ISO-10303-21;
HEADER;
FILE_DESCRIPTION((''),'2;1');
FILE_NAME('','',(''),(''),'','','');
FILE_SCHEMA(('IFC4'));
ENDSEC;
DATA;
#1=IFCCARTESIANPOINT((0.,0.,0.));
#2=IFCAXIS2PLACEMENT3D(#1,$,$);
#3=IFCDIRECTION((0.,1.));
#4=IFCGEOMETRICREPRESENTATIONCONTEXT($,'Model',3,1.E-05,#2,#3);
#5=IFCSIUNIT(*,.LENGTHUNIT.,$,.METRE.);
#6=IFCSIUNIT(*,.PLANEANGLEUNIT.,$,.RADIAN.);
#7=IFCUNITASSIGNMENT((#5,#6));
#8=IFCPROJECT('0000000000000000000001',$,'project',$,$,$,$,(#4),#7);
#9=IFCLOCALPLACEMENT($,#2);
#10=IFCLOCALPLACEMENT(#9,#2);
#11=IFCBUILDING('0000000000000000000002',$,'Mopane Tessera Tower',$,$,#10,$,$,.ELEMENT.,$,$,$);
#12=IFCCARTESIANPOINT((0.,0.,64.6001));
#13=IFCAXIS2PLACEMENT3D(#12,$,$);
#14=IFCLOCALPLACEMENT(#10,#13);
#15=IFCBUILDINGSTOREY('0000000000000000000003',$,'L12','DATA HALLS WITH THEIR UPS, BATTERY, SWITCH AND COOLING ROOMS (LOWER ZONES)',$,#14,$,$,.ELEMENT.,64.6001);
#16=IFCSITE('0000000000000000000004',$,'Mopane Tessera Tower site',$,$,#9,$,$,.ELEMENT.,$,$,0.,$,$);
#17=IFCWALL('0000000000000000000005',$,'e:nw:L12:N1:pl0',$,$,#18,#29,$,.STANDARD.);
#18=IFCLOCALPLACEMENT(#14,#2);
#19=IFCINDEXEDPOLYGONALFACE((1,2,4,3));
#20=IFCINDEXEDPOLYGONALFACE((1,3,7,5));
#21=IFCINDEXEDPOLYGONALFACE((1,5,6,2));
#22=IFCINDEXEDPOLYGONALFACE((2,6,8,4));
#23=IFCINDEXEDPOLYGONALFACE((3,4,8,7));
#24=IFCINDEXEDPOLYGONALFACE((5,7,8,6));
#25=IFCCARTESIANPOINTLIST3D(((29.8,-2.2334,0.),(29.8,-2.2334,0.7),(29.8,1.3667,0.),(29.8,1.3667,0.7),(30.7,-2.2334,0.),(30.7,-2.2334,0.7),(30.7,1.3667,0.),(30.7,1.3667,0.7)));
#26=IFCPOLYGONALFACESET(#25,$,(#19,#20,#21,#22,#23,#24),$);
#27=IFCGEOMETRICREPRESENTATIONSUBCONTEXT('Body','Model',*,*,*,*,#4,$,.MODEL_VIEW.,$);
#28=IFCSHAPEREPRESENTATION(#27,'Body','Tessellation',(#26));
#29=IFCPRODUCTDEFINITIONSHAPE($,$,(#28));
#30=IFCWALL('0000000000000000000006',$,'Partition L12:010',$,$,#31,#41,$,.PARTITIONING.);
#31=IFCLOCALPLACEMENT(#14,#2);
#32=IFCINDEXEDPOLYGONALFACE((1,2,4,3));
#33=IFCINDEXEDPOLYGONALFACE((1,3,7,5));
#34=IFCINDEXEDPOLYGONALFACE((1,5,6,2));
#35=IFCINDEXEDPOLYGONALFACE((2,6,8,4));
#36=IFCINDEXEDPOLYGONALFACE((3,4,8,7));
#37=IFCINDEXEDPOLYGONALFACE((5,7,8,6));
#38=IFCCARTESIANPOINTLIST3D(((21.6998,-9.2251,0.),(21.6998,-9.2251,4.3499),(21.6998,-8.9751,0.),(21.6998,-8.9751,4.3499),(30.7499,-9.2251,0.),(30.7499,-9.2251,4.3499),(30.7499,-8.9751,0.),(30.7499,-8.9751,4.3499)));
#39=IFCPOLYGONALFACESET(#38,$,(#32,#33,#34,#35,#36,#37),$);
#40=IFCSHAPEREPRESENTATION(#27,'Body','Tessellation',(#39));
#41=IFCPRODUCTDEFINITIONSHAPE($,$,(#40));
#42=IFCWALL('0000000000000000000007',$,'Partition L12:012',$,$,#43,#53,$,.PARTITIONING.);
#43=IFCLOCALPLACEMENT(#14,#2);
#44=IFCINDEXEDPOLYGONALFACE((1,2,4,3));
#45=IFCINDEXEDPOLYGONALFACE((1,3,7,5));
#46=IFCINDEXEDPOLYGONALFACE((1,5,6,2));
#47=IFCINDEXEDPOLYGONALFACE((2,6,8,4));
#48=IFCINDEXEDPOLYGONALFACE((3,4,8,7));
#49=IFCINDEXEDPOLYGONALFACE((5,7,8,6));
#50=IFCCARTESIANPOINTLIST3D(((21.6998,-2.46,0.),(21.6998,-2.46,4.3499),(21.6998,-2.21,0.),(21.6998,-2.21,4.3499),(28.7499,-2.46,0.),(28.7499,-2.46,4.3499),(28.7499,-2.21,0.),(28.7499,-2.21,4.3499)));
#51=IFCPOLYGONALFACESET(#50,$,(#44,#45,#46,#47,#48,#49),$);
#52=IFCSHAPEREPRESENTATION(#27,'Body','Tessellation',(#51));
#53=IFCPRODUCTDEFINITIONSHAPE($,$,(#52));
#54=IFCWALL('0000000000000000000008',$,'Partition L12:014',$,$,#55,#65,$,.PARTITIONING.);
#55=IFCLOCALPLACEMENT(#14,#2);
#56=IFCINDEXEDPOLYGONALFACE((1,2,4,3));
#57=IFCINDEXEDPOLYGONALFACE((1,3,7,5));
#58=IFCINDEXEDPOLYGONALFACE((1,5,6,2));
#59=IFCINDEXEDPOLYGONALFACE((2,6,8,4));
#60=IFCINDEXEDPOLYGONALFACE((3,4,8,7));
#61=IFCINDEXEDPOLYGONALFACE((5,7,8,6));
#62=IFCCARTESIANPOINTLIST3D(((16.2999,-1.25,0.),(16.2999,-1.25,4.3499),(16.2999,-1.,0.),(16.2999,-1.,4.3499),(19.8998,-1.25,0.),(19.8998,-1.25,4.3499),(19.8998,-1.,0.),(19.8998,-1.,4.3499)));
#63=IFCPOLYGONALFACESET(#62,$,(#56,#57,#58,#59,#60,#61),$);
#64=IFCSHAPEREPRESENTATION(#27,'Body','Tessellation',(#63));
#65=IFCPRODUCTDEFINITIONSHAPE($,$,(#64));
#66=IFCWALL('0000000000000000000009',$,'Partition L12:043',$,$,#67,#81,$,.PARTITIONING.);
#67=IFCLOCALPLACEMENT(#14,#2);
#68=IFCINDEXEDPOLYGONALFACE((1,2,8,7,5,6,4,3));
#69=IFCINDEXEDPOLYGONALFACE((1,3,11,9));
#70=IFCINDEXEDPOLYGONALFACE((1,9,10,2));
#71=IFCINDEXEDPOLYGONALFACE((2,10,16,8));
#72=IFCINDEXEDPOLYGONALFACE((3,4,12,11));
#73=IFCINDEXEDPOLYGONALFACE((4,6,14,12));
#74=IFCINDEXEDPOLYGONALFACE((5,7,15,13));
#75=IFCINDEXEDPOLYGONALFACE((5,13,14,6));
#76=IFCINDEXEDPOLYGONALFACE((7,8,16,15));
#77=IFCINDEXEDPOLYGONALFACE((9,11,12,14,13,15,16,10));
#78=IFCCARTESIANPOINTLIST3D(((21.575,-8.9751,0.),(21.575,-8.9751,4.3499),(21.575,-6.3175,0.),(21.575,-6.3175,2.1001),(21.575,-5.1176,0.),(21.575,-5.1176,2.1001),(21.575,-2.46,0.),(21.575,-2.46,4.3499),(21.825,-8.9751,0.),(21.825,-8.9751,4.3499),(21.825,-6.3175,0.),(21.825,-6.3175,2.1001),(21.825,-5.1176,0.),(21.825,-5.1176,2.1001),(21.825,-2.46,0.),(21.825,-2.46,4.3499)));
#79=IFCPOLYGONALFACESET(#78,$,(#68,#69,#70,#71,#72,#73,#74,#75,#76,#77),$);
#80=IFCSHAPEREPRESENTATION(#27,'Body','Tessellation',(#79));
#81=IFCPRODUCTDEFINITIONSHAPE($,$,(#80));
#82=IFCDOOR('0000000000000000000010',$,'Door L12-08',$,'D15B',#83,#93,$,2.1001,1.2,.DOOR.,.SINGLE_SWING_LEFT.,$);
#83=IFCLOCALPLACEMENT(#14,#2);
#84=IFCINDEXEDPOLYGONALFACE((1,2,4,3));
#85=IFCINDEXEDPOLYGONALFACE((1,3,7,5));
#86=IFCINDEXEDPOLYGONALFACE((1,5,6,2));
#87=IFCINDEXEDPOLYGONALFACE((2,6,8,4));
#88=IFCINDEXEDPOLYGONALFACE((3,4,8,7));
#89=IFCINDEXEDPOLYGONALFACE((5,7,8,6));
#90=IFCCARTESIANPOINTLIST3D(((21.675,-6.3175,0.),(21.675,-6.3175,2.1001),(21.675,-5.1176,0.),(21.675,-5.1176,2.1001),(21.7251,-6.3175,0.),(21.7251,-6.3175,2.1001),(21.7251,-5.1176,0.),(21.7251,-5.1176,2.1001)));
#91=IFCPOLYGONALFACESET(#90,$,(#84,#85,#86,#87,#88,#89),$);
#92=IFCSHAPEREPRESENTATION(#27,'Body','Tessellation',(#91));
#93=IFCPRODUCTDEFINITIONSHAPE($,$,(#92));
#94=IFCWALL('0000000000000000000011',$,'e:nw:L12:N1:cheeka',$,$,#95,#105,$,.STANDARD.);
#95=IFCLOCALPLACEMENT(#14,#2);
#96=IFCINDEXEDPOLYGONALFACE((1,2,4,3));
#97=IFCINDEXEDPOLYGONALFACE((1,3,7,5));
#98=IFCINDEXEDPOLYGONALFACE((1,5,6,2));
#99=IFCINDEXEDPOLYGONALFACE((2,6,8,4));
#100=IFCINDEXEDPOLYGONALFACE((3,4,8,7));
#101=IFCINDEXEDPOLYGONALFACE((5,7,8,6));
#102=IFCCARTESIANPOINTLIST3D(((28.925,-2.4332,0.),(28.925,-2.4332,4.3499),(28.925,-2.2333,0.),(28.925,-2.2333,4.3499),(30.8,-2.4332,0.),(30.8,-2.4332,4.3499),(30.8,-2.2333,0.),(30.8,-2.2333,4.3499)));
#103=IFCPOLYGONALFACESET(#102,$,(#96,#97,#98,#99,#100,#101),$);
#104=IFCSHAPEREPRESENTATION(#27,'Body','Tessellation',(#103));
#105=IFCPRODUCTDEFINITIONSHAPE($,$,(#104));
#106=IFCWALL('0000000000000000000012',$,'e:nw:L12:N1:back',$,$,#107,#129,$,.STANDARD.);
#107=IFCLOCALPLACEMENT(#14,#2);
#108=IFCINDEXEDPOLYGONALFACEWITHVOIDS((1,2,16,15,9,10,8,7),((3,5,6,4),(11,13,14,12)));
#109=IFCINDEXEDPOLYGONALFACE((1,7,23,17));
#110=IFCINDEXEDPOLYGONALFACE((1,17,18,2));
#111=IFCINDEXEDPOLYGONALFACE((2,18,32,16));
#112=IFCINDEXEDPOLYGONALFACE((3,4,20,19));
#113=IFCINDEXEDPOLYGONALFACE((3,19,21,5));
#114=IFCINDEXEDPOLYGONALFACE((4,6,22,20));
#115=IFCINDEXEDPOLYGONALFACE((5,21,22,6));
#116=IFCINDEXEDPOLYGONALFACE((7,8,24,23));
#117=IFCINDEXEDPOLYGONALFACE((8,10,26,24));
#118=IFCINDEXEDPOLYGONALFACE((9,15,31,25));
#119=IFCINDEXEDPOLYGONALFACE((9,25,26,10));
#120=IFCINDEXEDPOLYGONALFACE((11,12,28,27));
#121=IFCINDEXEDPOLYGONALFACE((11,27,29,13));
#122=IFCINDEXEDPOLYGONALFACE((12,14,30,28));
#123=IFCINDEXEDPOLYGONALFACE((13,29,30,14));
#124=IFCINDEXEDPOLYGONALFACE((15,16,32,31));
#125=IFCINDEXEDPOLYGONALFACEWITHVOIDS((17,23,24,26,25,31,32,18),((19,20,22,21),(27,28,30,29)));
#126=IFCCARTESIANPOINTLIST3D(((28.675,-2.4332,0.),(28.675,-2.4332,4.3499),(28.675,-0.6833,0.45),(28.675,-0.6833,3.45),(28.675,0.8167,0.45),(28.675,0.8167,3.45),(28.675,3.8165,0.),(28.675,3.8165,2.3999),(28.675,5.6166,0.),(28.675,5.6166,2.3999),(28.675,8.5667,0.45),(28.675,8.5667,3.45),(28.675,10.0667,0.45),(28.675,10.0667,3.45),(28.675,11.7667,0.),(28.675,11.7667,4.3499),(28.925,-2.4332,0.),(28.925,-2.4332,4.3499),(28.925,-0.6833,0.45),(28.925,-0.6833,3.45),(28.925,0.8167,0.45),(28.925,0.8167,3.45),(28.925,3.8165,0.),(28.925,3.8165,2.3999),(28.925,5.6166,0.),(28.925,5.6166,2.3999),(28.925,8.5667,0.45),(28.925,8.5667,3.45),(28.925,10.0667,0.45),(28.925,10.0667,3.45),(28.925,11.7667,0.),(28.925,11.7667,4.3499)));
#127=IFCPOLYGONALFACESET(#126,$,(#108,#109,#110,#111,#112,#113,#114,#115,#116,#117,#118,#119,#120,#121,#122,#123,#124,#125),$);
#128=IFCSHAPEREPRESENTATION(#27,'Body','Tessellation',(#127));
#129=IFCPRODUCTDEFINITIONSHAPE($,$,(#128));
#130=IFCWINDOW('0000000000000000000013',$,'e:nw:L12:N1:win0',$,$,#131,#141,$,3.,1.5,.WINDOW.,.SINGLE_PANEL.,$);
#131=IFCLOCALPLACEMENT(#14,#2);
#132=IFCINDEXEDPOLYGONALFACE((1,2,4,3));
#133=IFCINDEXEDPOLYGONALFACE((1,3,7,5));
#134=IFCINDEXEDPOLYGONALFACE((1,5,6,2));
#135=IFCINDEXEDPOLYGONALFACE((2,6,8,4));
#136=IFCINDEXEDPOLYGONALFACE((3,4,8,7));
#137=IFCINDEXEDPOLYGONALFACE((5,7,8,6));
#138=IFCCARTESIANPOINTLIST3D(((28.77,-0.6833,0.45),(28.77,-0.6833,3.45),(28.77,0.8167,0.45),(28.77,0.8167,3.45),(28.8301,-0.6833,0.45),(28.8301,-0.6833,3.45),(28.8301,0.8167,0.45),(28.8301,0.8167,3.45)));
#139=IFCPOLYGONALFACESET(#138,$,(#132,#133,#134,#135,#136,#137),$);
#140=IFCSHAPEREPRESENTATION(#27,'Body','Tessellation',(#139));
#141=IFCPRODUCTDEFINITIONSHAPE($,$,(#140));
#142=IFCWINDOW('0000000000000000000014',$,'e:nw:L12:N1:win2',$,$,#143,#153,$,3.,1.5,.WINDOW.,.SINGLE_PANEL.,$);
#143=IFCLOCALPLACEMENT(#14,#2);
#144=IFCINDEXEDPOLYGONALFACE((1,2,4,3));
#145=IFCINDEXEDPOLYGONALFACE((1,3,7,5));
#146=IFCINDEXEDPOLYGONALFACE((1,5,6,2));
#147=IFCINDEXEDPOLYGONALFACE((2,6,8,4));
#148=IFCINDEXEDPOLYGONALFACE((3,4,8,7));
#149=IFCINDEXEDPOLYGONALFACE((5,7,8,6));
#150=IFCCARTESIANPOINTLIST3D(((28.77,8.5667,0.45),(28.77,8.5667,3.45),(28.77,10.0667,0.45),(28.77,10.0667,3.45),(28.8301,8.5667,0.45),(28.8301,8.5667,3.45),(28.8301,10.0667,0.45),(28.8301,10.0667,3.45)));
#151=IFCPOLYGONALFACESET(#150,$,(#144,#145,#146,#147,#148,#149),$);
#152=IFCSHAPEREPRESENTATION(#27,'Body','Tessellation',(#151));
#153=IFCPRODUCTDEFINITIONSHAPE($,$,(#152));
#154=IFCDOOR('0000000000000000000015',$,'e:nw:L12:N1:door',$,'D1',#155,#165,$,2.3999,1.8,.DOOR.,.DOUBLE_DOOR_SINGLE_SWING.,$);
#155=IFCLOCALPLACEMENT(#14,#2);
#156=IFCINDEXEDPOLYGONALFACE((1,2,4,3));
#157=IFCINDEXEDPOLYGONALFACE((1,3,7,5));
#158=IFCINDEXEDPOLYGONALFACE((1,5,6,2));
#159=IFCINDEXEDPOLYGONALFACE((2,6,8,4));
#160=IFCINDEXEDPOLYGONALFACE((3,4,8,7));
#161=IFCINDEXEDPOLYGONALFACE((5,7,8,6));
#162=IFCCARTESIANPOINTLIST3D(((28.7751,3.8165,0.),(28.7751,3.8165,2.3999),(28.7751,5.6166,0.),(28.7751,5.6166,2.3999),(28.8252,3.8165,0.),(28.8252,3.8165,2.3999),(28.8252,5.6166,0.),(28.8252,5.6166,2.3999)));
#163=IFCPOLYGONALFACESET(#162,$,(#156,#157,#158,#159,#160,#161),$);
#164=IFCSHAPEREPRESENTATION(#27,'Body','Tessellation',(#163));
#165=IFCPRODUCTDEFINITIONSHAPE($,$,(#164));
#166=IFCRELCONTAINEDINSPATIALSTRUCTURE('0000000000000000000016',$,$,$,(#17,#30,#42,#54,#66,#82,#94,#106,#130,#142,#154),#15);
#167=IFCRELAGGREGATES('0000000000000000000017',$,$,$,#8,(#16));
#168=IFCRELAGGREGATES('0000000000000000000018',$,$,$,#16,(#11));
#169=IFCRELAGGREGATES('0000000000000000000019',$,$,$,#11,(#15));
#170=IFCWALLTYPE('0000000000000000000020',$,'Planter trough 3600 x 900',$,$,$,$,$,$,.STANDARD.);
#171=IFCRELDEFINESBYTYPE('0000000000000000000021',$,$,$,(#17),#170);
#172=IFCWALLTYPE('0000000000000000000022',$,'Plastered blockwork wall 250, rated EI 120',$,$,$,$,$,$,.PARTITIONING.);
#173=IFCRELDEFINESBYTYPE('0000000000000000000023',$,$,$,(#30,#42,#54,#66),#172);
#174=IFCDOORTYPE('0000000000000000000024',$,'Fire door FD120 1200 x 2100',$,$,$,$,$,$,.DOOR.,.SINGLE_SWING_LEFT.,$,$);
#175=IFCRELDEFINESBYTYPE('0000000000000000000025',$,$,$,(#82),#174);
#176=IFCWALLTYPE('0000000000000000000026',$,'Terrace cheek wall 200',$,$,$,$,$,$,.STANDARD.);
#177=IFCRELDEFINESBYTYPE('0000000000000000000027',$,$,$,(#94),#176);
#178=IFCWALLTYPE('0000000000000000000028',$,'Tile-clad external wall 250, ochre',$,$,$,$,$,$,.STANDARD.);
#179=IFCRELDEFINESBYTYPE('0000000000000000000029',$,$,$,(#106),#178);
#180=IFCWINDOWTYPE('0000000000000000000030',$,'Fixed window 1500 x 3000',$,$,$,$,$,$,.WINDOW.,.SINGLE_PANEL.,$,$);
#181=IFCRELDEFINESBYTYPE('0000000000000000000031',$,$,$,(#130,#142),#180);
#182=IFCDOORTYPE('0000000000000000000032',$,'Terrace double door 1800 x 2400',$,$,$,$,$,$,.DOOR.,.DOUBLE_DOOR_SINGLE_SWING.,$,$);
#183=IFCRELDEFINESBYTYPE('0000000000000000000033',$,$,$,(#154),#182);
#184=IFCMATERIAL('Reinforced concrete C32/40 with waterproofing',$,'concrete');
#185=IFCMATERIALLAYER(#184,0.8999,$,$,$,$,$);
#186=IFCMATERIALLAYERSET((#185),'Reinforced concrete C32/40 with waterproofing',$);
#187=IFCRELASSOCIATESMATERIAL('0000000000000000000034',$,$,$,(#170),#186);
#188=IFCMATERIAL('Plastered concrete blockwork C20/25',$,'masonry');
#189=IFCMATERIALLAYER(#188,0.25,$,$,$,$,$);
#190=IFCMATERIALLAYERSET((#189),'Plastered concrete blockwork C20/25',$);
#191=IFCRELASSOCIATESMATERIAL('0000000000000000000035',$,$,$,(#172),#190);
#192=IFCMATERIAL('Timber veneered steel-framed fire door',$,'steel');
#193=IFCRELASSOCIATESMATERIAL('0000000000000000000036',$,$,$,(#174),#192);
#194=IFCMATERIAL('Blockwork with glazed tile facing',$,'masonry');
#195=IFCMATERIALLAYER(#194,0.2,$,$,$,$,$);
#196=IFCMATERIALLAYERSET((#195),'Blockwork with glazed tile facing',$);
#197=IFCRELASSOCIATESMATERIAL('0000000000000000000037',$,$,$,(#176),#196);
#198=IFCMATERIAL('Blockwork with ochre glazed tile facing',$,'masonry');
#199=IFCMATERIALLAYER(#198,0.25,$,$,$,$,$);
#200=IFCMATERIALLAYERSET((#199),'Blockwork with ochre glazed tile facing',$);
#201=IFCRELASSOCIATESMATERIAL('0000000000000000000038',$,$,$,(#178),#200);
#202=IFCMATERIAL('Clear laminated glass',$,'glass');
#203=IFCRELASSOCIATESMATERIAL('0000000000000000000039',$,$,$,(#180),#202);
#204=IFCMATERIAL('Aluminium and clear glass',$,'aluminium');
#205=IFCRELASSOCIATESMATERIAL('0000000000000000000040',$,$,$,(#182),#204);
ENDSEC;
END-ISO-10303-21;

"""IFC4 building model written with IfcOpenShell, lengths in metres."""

from ifc_helpers import new_model, si_unit, direction, frame, frame_2d, origin, place, context, subcontext, project, spatial, rectangle, extrude, material, layer, layer_set, type_object, element, fill, save


model = new_model("IFC4")

# Units and contexts
model_context = context("Model", 3, precision=1e-05, world=origin(), true_north=direction((0.0, 1.0)))
body_context = subcontext(model_context, "Body", "Model", "MODEL_VIEW")
ifc_project = project(units=[si_unit("LENGTHUNIT", "METRE"), si_unit("PLANEANGLEUNIT", "RADIAN")], contexts=[model_context])

# Site, building, storey
site_placement = place(None, origin())
site = spatial("IfcSite", under=ifc_project, at=site_placement, Name="Mopane Tessera Tower site", CompositionType="ELEMENT", RefElevation=0.0)
building_placement = place(site_placement, origin())
building = spatial("IfcBuilding", under=site, at=building_placement, Name="Mopane Tessera Tower", CompositionType="ELEMENT")
storey_placement = place(building_placement, frame((0.0, 0.0, 64.6001)))
storey = spatial("IfcBuildingStorey", under=building, at=storey_placement, Name="L12", Description="DATA HALLS WITH THEIR UPS, BATTERY, SWITCH AND COOLING ROOMS (LOWER ZONES)", CompositionType="ELEMENT", Elevation=64.6001)

# Walls
ifc_material_1 = material(Name="Reinforced concrete C32/40 with waterproofing", Category="concrete")
ifc_layer_1 = layer(ifc_material_1, 0.8999)
ifc_layer_set_1 = layer_set([ifc_layer_1], Name="Reinforced concrete C32/40 with waterproofing")
wall_type_1 = type_object("IfcWallType", Name="Planter trough 3600 x 900", PredefinedType="STANDARD", material=ifc_layer_set_1)
wall_1_placement = place(storey_placement, frame((30.25, -2.2334, 0.0), z_axis=(0.0, 0.0, 1.0), x_axis=(0.0, 1.0, 0.0)))
element("IfcWall", 1, at=wall_1_placement, inside=storey, type_object=wall_type_1, Name="e:nw:L12:N1:pl0", PredefinedType="STANDARD", context=body_context, shape_type="SweptSolid", body=[
    extrude(rectangle(XDim=3.6001, YDim=0.8999, at=frame_2d((1.8, 0.0))), origin(), (0.0, 0.0, 1.0), 0.7),
])
ifc_material_2 = material(Name="Plastered concrete blockwork C20/25", Category="masonry")
ifc_layer_2 = layer(ifc_material_2, 0.25)
ifc_layer_set_2 = layer_set([ifc_layer_2], Name="Plastered concrete blockwork C20/25")
wall_type_2 = type_object("IfcWallType", Name="Plastered blockwork wall 250, rated EI 120", PredefinedType="PARTITIONING", material=ifc_layer_set_2)
wall_2_placement = place(storey_placement, frame((21.7, -9.1001, 0.0), z_axis=(0.0, 0.0, 1.0), x_axis=(1.0, 0.0, 0.0)))
element("IfcWall", 2, at=wall_2_placement, inside=storey, type_object=wall_type_2, Name="Partition L12:010", PredefinedType="PARTITIONING", context=body_context, shape_type="SweptSolid", body=[
    extrude(rectangle(XDim=9.05, YDim=0.25, at=frame_2d((4.5249, 0.0))), origin(), (0.0, 0.0, 1.0), 4.3499),
])
wall_3_placement = place(storey_placement, frame((21.7, -2.335, 0.0), z_axis=(0.0, 0.0, 1.0), x_axis=(1.0, 0.0, 0.0)))
element("IfcWall", 3, at=wall_3_placement, inside=storey, type_object=wall_type_2, Name="Partition L12:012", PredefinedType="PARTITIONING", context=body_context, shape_type="SweptSolid", body=[
    extrude(rectangle(XDim=7.05, YDim=0.25, at=frame_2d((3.5249, 0.0))), origin(), (0.0, 0.0, 1.0), 4.3499),
])
wall_4_placement = place(storey_placement, frame((16.3, -1.125, 0.0), z_axis=(0.0, 0.0, 1.0), x_axis=(1.0, 0.0, 0.0)))
element("IfcWall", 4, at=wall_4_placement, inside=storey, type_object=wall_type_2, Name="Partition L12:014", PredefinedType="PARTITIONING", context=body_context, shape_type="SweptSolid", body=[
    extrude(rectangle(XDim=3.5999, YDim=0.25, at=frame_2d((1.7998, 0.0))), origin(), (0.0, 0.0, 1.0), 4.3499),
])

# Wall, opening, door
wall_5_placement = place(storey_placement, frame((21.7, -8.9751, 0.0), z_axis=(0.0, 0.0, 1.0), x_axis=(0.0, 1.0, 0.0)))
wall_5 = element("IfcWall", 5, at=wall_5_placement, inside=storey, type_object=wall_type_2, Name="Partition L12:043", PredefinedType="PARTITIONING", context=body_context, shape_type="SweptSolid", body=[
    extrude(rectangle(XDim=6.5151, YDim=0.25, at=frame_2d((3.2576, 0.0))), origin(), (0.0, 0.0, 1.0), 4.3499),
])
opening_1_placement = place(wall_5_placement, frame((2.6575, 0.0, 0.0)))
opening_1 = element("IfcOpeningElement", 6, at=opening_1_placement, cuts=wall_5, PredefinedType="OPENING", context=body_context, shape_type="SweptSolid", body=[
    extrude(rectangle(XDim=1.2, YDim=2.1001, at=frame_2d((0.6001, 1.05))), frame((0.0, 0.137, 0.0), z_axis=(0.0, -1.0, 0.0), x_axis=(1.0, 0.0, 0.0)), (0.0, 0.0, 1.0), 0.2739),
])
ifc_material_3 = material(Name="Timber veneered steel-framed fire door", Category="steel")
door_type_1 = type_object("IfcDoorType", Name="Fire door FD120 1200 x 2100", OperationType="SINGLE_SWING_LEFT", PredefinedType="DOOR", material=ifc_material_3)
door_1_placement = place(opening_1_placement, origin())
door_1 = element("IfcDoor", 7, at=door_1_placement, inside=storey, type_object=door_type_1, Name="Door L12-08", ObjectType="D15B", OperationType="SINGLE_SWING_LEFT", OverallHeight=2.1001, OverallWidth=1.2, PredefinedType="DOOR", context=body_context, shape_type="SweptSolid", body=[
    extrude(rectangle(XDim=1.2, YDim=2.1001, at=frame_2d((0.6001, 1.05))), frame((0.0, 0.0249, 0.0), z_axis=(0.0, -1.0, 0.0), x_axis=(1.0, 0.0, 0.0)), (0.0, 0.0, 1.0), 0.05),
])
fill(opening_1, door_1)

# Wall
ifc_material_4 = material(Name="Blockwork with glazed tile facing", Category="masonry")
ifc_layer_3 = layer(ifc_material_4, 0.2)
ifc_layer_set_3 = layer_set([ifc_layer_3], Name="Blockwork with glazed tile facing")
wall_type_3 = type_object("IfcWallType", Name="Terrace cheek wall 200", PredefinedType="STANDARD", material=ifc_layer_set_3)
wall_6_placement = place(storey_placement, frame((30.8, -2.3333, 0.0), z_axis=(0.0, 0.0, 1.0), x_axis=(-1.0, 0.0, 0.0)))
element("IfcWall", 8, at=wall_6_placement, inside=storey, type_object=wall_type_3, Name="e:nw:L12:N1:cheeka", PredefinedType="STANDARD", context=body_context, shape_type="SweptSolid", body=[
    extrude(rectangle(XDim=1.875, YDim=0.2, at=frame_2d((0.9375, 0.0))), origin(), (0.0, 0.0, 1.0), 4.3499),
])

# Wall, openings, windows, door
ifc_material_5 = material(Name="Blockwork with ochre glazed tile facing", Category="masonry")
ifc_layer_4 = layer(ifc_material_5, 0.25)
ifc_layer_set_4 = layer_set([ifc_layer_4], Name="Blockwork with ochre glazed tile facing")
wall_type_4 = type_object("IfcWallType", Name="Tile-clad external wall 250, ochre", PredefinedType="STANDARD", material=ifc_layer_set_4)
wall_7_placement = place(storey_placement, frame((28.8, -2.4333, 0.0), z_axis=(0.0, 0.0, 1.0), x_axis=(0.0, 1.0, 0.0)))
wall_7 = element("IfcWall", 9, at=wall_7_placement, inside=storey, type_object=wall_type_4, Name="e:nw:L12:N1:back", PredefinedType="STANDARD", context=body_context, shape_type="SweptSolid", body=[
    extrude(rectangle(XDim=14.2, YDim=0.25, at=frame_2d((7.1001, 0.0))), origin(), (0.0, 0.0, 1.0), 4.3499),
])
opening_2_placement = place(wall_7_placement, frame((1.75, 0.0, 0.45)))
opening_2 = element("IfcOpeningElement", 10, at=opening_2_placement, cuts=wall_7, PredefinedType="OPENING", context=body_context, shape_type="SweptSolid", body=[
    extrude(rectangle(XDim=1.5, YDim=3.0, at=frame_2d((0.75, 1.5))), frame((0.0, 0.137, 0.0), z_axis=(0.0, -1.0, 0.0), x_axis=(1.0, 0.0, 0.0)), (0.0, 0.0, 1.0), 0.2739),
])
opening_3_placement = place(wall_7_placement, frame((6.25, 0.0, 0.0)))
opening_3 = element("IfcOpeningElement", 11, at=opening_3_placement, cuts=wall_7, PredefinedType="OPENING", context=body_context, shape_type="SweptSolid", body=[
    extrude(rectangle(XDim=1.8, YDim=2.3999, at=frame_2d((0.8999, 1.2))), frame((0.0, 0.137, 0.0), z_axis=(0.0, -1.0, 0.0), x_axis=(1.0, 0.0, 0.0)), (0.0, 0.0, 1.0), 0.2739),
])
opening_4_placement = place(wall_7_placement, frame((11.0, 0.0, 0.45)))
opening_4 = element("IfcOpeningElement", 12, at=opening_4_placement, cuts=wall_7, PredefinedType="OPENING", context=body_context, shape_type="SweptSolid", body=[
    extrude(rectangle(XDim=1.5, YDim=3.0, at=frame_2d((0.75, 1.5))), frame((0.0, 0.137, 0.0), z_axis=(0.0, -1.0, 0.0), x_axis=(1.0, 0.0, 0.0)), (0.0, 0.0, 1.0), 0.2739),
])
ifc_material_6 = material(Name="Clear laminated glass", Category="glass")
window_type = type_object("IfcWindowType", Name="Fixed window 1500 x 3000", PartitioningType="SINGLE_PANEL", PredefinedType="WINDOW", material=ifc_material_6)
window_1_placement = place(opening_2_placement, origin())
window_1 = element("IfcWindow", 13, at=window_1_placement, inside=storey, type_object=window_type, Name="e:nw:L12:N1:win0", OverallHeight=3.0, OverallWidth=1.5, PartitioningType="SINGLE_PANEL", PredefinedType="WINDOW", context=body_context, shape_type="SweptSolid", body=[
    extrude(rectangle(XDim=1.5, YDim=3.0, at=frame_2d((0.75, 1.5))), frame((0.0, 0.03, 0.0), z_axis=(0.0, -1.0, 0.0), x_axis=(1.0, 0.0, 0.0)), (0.0, 0.0, 1.0), 0.0601),
])
fill(opening_2, window_1)
window_2_placement = place(opening_4_placement, origin())
window_2 = element("IfcWindow", 14, at=window_2_placement, inside=storey, type_object=window_type, Name="e:nw:L12:N1:win2", OverallHeight=3.0, OverallWidth=1.5, PartitioningType="SINGLE_PANEL", PredefinedType="WINDOW", context=body_context, shape_type="SweptSolid", body=[
    extrude(rectangle(XDim=1.5, YDim=3.0, at=frame_2d((0.75, 1.5))), frame((0.0, 0.03, 0.0), z_axis=(0.0, -1.0, 0.0), x_axis=(1.0, 0.0, 0.0)), (0.0, 0.0, 1.0), 0.0601),
])
fill(opening_4, window_2)
ifc_material_7 = material(Name="Aluminium and clear glass", Category="aluminium")
door_type_2 = type_object("IfcDoorType", Name="Terrace double door 1800 x 2400", OperationType="DOUBLE_DOOR_SINGLE_SWING", PredefinedType="DOOR", material=ifc_material_7)
door_2_placement = place(opening_3_placement, origin())
door_2 = element("IfcDoor", 15, at=door_2_placement, inside=storey, type_object=door_type_2, Name="e:nw:L12:N1:door", ObjectType="D1", OperationType="DOUBLE_DOOR_SINGLE_SWING", OverallHeight=2.3999, OverallWidth=1.8, PredefinedType="DOOR", context=body_context, shape_type="SweptSolid", body=[
    extrude(rectangle(XDim=1.8, YDim=2.3999, at=frame_2d((0.8999, 1.2))), frame((0.0, 0.0249, 0.0), z_axis=(0.0, -1.0, 0.0), x_axis=(1.0, 0.0, 0.0)), (0.0, 0.0, 1.0), 0.05),
])
fill(opening_3, door_2)

save(model, "model.ifc")
